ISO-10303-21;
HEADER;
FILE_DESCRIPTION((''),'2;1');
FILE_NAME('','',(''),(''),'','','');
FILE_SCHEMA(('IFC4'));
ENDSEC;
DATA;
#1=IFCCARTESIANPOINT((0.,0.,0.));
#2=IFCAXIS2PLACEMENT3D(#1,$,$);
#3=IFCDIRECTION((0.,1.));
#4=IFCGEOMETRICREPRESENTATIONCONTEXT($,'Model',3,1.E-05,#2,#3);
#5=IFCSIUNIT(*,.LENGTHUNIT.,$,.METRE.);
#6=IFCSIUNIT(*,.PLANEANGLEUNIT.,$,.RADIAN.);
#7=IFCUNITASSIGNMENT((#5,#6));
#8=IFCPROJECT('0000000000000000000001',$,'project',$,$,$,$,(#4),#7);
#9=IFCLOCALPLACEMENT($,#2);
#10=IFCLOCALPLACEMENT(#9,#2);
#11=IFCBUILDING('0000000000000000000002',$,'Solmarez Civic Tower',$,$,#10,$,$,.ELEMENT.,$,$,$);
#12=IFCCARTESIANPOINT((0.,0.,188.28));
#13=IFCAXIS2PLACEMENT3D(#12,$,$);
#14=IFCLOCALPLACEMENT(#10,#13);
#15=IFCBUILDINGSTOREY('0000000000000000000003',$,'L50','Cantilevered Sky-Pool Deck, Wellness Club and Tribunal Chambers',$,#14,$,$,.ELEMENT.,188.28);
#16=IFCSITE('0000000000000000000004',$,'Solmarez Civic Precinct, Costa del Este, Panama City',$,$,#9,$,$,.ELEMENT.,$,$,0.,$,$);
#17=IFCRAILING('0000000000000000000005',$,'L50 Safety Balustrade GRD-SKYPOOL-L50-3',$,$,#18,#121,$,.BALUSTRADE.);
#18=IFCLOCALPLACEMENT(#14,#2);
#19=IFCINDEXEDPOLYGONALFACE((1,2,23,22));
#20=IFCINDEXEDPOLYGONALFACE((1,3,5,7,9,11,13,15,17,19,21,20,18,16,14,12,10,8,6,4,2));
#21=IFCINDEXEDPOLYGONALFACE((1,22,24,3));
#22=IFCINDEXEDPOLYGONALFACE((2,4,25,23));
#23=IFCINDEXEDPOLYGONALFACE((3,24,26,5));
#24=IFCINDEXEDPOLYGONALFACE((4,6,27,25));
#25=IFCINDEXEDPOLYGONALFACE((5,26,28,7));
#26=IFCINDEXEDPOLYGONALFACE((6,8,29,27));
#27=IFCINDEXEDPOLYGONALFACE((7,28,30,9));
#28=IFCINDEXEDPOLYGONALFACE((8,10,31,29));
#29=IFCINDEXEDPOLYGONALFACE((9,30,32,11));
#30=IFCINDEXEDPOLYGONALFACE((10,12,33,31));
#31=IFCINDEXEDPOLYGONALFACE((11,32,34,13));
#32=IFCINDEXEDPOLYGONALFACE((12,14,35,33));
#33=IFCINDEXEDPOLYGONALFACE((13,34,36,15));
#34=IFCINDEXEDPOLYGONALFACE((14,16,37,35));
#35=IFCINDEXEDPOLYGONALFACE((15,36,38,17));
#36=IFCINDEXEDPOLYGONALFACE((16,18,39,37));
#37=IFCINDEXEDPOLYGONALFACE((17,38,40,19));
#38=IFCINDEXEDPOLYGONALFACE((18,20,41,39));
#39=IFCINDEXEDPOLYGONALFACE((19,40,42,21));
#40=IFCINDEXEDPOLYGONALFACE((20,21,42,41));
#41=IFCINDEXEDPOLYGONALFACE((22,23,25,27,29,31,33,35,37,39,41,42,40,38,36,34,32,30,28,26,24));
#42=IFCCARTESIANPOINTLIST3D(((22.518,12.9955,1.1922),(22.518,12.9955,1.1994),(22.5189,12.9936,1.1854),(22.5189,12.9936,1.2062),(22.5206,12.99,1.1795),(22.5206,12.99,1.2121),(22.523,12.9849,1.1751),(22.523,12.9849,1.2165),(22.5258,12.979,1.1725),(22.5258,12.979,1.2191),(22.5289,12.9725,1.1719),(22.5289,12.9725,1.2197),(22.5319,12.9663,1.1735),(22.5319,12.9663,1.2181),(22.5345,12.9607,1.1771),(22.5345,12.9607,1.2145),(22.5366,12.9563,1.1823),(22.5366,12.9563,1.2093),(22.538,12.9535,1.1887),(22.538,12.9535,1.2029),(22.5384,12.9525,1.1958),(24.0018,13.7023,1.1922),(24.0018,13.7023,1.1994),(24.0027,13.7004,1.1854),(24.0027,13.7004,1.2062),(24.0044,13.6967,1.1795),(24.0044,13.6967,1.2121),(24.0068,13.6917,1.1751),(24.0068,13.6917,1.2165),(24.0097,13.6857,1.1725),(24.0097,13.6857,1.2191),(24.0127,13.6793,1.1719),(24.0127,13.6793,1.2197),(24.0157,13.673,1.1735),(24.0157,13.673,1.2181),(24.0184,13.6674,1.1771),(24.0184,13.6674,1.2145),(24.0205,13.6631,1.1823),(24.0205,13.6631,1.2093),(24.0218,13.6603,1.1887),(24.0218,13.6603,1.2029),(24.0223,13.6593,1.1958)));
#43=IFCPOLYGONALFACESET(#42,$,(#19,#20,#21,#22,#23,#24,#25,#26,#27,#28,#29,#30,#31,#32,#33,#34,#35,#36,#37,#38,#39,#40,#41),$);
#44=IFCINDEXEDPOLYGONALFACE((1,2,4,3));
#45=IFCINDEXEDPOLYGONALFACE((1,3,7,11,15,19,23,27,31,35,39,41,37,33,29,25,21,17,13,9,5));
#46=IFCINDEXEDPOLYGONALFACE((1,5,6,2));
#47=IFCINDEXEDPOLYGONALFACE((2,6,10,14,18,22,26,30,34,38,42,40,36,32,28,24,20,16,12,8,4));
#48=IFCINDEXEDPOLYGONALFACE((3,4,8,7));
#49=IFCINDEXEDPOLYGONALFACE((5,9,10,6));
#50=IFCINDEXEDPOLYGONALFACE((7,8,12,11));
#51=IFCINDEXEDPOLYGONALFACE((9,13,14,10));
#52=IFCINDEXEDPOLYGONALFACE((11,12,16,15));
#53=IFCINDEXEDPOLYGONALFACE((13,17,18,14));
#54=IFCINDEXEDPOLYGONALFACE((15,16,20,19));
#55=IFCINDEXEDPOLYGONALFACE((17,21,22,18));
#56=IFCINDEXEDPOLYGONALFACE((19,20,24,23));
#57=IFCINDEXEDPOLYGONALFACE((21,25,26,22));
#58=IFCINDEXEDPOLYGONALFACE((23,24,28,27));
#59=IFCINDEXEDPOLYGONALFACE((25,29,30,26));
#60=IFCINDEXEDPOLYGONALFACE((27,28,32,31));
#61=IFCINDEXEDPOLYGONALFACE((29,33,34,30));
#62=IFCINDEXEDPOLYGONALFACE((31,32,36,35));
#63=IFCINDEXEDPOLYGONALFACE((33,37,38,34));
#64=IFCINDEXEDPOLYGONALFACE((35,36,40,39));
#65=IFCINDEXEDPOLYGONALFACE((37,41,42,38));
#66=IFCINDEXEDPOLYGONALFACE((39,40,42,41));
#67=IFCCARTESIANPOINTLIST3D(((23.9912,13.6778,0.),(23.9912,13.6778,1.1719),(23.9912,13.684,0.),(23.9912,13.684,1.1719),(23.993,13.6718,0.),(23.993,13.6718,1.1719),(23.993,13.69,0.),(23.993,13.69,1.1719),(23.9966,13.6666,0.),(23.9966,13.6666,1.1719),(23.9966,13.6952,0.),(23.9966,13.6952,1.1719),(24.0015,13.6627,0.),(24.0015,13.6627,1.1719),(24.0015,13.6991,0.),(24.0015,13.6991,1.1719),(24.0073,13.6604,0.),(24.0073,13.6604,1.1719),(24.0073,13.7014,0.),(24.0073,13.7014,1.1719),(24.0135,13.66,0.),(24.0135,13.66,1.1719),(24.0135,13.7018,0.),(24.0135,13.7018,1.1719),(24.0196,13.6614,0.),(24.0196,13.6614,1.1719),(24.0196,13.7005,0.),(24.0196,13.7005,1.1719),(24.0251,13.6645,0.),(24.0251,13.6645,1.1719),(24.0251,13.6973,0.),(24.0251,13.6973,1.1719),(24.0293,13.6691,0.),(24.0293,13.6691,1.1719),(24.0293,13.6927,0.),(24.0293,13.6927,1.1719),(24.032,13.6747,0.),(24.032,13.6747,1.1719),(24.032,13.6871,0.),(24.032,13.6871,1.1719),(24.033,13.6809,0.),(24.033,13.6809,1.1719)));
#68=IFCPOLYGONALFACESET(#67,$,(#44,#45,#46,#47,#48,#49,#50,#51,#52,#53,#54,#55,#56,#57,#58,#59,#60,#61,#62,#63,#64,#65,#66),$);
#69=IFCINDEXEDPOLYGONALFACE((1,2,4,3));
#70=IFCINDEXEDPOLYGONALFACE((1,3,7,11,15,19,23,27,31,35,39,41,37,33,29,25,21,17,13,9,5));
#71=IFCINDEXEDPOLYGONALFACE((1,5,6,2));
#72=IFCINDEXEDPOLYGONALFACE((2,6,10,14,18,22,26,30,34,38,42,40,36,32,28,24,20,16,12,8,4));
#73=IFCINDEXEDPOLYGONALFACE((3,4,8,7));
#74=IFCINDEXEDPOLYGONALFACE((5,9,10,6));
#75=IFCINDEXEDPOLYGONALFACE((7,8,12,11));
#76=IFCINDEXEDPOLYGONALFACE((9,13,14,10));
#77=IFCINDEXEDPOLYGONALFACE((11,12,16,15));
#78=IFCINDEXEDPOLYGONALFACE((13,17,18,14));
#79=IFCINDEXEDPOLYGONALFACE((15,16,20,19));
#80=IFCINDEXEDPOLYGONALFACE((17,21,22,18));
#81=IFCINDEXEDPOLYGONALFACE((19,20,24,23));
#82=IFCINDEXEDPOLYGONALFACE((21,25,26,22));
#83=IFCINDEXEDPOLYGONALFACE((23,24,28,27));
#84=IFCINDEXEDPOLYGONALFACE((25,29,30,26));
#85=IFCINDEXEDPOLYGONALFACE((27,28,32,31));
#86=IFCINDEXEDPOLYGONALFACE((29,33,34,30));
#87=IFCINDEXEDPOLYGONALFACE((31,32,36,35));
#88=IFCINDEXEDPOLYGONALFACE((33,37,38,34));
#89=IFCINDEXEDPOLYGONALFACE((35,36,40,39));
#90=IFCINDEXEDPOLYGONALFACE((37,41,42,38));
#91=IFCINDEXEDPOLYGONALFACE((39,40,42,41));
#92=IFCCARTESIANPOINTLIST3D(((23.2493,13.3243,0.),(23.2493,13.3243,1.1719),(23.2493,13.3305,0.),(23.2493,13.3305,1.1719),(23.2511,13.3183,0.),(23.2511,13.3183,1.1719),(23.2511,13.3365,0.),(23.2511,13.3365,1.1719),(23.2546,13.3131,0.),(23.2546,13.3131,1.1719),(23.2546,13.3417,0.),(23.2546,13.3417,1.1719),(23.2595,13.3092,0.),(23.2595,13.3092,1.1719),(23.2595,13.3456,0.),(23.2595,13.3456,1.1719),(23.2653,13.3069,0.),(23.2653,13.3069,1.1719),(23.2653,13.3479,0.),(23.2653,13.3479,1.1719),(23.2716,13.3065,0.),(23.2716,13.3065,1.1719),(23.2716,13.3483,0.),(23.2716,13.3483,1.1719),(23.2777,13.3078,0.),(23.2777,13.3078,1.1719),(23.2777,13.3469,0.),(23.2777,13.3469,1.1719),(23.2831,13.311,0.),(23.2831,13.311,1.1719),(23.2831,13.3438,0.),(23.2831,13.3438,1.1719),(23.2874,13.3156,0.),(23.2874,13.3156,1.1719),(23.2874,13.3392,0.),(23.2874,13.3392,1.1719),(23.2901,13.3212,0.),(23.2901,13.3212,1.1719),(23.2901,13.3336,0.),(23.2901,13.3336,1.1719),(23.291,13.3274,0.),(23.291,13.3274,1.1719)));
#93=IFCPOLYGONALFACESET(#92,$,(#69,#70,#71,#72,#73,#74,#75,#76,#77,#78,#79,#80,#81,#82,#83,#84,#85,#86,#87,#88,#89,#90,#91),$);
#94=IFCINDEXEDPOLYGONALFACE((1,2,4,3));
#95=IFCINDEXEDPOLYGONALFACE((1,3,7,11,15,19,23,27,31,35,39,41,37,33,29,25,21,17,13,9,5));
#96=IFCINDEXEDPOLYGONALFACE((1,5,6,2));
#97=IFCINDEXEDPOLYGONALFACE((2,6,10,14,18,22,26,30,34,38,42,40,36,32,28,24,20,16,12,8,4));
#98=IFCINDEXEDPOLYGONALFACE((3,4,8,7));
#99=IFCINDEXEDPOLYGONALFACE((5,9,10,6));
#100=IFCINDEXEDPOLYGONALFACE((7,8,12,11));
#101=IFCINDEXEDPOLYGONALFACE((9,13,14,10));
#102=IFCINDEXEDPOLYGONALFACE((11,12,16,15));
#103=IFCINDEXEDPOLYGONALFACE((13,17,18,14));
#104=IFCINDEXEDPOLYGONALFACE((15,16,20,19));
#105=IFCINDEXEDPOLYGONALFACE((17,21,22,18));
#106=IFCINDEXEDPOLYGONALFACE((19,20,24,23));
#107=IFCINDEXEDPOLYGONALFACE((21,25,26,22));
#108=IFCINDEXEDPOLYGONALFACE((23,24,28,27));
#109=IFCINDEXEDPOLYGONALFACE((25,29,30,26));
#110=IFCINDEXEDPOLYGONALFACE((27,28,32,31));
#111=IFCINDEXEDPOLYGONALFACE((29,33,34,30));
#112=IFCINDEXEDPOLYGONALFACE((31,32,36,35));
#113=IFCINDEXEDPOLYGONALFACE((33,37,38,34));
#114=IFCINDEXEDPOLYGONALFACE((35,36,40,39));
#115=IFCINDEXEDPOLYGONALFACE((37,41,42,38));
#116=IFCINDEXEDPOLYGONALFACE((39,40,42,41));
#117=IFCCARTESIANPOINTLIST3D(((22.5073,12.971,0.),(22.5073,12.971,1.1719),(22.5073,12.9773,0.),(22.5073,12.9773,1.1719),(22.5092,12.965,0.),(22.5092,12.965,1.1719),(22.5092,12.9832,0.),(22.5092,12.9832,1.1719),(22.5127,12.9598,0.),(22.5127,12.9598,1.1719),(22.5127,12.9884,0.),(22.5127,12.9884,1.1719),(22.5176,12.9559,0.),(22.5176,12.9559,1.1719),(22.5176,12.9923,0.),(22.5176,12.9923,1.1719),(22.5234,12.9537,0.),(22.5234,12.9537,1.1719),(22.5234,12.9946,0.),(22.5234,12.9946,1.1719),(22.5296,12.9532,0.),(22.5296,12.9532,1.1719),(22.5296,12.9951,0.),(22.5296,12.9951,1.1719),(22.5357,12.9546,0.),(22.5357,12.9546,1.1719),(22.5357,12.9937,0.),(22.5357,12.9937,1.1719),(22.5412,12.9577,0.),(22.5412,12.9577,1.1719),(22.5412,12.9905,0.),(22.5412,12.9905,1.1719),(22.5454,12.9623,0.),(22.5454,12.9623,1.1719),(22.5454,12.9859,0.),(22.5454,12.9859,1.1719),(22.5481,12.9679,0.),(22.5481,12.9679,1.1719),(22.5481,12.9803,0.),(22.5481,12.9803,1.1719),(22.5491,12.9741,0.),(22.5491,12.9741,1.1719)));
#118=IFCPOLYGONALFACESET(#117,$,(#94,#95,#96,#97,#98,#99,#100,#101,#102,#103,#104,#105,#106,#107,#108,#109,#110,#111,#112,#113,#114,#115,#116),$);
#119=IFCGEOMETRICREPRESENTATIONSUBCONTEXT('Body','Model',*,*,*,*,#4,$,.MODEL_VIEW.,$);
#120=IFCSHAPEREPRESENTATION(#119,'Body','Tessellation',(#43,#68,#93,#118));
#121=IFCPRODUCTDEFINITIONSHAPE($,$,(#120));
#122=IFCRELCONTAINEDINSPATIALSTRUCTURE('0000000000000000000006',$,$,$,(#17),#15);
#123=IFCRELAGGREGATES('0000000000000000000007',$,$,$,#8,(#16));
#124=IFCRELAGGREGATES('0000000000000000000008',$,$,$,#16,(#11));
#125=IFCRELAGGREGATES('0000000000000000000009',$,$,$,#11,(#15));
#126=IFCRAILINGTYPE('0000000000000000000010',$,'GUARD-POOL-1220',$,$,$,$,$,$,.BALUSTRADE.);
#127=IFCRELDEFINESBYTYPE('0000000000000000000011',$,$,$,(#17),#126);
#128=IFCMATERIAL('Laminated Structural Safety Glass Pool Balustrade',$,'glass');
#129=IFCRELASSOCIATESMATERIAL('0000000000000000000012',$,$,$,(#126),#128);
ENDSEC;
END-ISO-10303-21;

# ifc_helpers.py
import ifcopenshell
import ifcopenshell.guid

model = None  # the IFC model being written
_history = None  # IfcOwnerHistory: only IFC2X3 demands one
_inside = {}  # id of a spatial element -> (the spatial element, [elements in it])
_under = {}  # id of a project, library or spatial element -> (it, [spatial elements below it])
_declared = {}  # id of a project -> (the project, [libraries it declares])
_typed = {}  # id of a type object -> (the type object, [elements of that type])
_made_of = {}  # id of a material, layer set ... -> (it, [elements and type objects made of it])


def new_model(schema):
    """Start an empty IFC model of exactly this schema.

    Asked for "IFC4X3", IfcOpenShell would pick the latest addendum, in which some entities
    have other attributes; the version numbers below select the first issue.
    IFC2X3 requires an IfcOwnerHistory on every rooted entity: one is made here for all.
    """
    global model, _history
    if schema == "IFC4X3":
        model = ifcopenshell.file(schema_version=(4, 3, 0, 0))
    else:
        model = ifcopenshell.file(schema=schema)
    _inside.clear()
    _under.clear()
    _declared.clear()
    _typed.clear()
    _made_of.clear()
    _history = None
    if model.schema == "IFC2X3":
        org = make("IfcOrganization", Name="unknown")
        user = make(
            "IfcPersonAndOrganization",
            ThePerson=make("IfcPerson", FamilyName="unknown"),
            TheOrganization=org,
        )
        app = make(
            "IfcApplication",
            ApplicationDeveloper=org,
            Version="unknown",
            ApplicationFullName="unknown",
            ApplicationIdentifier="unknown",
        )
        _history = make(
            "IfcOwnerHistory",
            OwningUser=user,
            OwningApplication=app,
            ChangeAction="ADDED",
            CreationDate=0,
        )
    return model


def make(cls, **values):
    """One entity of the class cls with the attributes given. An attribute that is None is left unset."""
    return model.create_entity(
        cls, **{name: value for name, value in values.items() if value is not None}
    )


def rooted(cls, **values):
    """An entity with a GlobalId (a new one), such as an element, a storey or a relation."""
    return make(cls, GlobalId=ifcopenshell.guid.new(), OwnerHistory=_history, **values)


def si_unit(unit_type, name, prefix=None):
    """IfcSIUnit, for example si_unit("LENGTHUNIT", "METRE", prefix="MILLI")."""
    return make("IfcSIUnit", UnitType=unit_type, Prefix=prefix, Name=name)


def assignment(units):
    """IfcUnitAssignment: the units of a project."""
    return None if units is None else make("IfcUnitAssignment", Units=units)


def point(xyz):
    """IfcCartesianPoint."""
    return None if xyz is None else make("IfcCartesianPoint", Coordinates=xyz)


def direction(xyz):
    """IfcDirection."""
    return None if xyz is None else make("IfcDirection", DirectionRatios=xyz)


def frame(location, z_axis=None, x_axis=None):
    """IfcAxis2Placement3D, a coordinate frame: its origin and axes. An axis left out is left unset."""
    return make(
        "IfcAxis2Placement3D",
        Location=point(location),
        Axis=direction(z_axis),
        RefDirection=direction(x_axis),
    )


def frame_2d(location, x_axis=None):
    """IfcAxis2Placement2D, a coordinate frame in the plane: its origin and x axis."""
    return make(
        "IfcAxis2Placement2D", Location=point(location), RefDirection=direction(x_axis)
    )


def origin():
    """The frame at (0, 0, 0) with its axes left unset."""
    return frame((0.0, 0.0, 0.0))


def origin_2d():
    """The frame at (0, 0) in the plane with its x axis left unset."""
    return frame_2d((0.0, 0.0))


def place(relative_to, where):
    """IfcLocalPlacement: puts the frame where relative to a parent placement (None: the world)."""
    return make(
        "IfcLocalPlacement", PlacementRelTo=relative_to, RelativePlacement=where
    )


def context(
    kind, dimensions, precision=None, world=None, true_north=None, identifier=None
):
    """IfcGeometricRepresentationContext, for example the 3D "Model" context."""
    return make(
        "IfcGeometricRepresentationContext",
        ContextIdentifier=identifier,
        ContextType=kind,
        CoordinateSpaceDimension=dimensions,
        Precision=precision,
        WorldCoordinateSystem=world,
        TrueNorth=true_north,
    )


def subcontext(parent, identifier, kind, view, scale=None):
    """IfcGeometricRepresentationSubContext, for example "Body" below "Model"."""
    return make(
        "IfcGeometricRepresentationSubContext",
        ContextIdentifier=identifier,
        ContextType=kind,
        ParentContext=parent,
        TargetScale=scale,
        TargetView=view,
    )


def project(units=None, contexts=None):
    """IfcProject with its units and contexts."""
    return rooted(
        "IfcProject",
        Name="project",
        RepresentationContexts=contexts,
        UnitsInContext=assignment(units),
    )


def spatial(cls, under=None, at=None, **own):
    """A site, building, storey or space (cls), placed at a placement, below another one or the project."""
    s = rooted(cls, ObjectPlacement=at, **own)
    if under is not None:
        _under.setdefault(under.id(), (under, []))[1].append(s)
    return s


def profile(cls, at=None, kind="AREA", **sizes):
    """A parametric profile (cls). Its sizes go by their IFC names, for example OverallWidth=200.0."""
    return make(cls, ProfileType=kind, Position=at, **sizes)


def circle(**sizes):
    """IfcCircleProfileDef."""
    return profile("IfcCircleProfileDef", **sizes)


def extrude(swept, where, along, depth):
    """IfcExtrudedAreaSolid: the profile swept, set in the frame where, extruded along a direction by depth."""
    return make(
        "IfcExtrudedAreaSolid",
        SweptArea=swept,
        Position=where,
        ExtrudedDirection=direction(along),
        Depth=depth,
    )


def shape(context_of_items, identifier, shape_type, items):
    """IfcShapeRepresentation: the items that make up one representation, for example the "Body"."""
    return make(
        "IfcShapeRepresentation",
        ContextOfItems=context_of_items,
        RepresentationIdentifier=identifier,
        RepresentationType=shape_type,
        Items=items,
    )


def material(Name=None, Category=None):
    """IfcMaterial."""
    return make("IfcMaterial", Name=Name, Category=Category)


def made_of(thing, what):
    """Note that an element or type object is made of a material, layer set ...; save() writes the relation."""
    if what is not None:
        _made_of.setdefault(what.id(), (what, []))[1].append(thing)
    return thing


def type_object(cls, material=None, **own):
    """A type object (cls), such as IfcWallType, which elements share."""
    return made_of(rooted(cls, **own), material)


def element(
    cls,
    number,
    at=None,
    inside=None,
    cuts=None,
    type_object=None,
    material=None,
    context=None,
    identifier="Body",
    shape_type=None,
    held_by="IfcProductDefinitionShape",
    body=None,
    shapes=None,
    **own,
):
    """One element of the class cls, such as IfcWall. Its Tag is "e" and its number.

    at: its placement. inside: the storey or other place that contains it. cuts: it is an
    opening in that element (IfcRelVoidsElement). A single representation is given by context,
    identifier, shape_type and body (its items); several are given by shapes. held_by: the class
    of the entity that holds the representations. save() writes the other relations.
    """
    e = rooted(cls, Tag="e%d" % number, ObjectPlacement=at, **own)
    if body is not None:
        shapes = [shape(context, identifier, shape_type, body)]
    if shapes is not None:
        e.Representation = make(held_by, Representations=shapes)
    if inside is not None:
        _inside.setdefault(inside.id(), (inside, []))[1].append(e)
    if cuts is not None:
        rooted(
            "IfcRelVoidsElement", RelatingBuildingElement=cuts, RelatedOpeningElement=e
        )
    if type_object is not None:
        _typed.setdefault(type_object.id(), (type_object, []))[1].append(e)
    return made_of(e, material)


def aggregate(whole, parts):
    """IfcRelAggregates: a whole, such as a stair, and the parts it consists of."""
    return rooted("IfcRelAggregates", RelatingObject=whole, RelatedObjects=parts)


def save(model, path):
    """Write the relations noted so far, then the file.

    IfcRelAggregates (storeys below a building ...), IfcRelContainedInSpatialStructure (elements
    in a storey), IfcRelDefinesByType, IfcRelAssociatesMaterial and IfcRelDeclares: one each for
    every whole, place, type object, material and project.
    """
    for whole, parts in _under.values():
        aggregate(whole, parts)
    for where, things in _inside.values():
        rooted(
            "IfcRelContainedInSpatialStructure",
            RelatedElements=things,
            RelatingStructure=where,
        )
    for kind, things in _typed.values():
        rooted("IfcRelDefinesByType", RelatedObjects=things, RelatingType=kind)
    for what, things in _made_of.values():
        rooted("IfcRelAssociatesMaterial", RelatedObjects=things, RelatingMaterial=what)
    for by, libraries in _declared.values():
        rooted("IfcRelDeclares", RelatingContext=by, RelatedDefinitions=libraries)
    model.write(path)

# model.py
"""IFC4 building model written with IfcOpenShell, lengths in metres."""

from ifc_helpers import new_model, si_unit, direction, frame, origin, origin_2d, place, context, subcontext, project, spatial, circle, extrude, material, type_object, element, save


model = new_model("IFC4")

# Units and contexts
model_context = context("Model", 3, precision=1e-05, world=origin(), true_north=direction((0.0, 1.0)))
body_context = subcontext(model_context, "Body", "Model", "MODEL_VIEW")
ifc_project = project(units=[si_unit("LENGTHUNIT", "METRE"), si_unit("PLANEANGLEUNIT", "RADIAN")], contexts=[model_context])

# Site, building, storey
site_placement = place(None, origin())
site = spatial("IfcSite", under=ifc_project, at=site_placement, Name="Solmarez Civic Precinct, Costa del Este, Panama City", CompositionType="ELEMENT", RefElevation=0.0)
building_placement = place(site_placement, origin())
building = spatial("IfcBuilding", under=site, at=building_placement, Name="Solmarez Civic Tower", CompositionType="ELEMENT")
storey_placement = place(building_placement, frame((0.0, 0.0, 188.28)))
storey = spatial("IfcBuildingStorey", under=building, at=storey_placement, Name="L50", Description="Cantilevered Sky-Pool Deck, Wellness Club and Tribunal Chambers", CompositionType="ELEMENT", Elevation=188.28)

# Railing
ifc_material_1 = material(Name="Laminated Structural Safety Glass Pool Balustrade", Category="glass")
railing_type = type_object("IfcRailingType", Name="GUARD-POOL-1220", PredefinedType="BALUSTRADE", material=ifc_material_1)
railing_1_placement = place(storey_placement, frame((24.012, 13.6809, 0.0)))
element("IfcRailing", 1, at=railing_1_placement, inside=storey, type_object=railing_type, Name="L50 Safety Balustrade GRD-SKYPOOL-L50-3", PredefinedType="BALUSTRADE", context=body_context, shape_type="SweptSolid", body=[
    extrude(circle(Radius=0.0239, at=origin_2d()), frame((0.0, 0.0, 1.1958), z_axis=(-0.902819, -0.43002, 0.0), x_axis=(0.43002, -0.902819, 0.0)), (0.0, 0.0, 1.0), 1.6436),
    extrude(circle(Radius=0.021, at=origin_2d()), origin(), (0.0, 0.0, 1.0), 1.1719),
    extrude(circle(Radius=0.021, at=origin_2d()), frame((-0.7419, -0.3535, 0.0)), (0.0, 0.0, 1.0), 1.1719),
    extrude(circle(Radius=0.021, at=origin_2d()), frame((-1.4839, -0.7068, 0.0)), (0.0, 0.0, 1.0), 1.1719),
])

save(model, "model.ifc")
